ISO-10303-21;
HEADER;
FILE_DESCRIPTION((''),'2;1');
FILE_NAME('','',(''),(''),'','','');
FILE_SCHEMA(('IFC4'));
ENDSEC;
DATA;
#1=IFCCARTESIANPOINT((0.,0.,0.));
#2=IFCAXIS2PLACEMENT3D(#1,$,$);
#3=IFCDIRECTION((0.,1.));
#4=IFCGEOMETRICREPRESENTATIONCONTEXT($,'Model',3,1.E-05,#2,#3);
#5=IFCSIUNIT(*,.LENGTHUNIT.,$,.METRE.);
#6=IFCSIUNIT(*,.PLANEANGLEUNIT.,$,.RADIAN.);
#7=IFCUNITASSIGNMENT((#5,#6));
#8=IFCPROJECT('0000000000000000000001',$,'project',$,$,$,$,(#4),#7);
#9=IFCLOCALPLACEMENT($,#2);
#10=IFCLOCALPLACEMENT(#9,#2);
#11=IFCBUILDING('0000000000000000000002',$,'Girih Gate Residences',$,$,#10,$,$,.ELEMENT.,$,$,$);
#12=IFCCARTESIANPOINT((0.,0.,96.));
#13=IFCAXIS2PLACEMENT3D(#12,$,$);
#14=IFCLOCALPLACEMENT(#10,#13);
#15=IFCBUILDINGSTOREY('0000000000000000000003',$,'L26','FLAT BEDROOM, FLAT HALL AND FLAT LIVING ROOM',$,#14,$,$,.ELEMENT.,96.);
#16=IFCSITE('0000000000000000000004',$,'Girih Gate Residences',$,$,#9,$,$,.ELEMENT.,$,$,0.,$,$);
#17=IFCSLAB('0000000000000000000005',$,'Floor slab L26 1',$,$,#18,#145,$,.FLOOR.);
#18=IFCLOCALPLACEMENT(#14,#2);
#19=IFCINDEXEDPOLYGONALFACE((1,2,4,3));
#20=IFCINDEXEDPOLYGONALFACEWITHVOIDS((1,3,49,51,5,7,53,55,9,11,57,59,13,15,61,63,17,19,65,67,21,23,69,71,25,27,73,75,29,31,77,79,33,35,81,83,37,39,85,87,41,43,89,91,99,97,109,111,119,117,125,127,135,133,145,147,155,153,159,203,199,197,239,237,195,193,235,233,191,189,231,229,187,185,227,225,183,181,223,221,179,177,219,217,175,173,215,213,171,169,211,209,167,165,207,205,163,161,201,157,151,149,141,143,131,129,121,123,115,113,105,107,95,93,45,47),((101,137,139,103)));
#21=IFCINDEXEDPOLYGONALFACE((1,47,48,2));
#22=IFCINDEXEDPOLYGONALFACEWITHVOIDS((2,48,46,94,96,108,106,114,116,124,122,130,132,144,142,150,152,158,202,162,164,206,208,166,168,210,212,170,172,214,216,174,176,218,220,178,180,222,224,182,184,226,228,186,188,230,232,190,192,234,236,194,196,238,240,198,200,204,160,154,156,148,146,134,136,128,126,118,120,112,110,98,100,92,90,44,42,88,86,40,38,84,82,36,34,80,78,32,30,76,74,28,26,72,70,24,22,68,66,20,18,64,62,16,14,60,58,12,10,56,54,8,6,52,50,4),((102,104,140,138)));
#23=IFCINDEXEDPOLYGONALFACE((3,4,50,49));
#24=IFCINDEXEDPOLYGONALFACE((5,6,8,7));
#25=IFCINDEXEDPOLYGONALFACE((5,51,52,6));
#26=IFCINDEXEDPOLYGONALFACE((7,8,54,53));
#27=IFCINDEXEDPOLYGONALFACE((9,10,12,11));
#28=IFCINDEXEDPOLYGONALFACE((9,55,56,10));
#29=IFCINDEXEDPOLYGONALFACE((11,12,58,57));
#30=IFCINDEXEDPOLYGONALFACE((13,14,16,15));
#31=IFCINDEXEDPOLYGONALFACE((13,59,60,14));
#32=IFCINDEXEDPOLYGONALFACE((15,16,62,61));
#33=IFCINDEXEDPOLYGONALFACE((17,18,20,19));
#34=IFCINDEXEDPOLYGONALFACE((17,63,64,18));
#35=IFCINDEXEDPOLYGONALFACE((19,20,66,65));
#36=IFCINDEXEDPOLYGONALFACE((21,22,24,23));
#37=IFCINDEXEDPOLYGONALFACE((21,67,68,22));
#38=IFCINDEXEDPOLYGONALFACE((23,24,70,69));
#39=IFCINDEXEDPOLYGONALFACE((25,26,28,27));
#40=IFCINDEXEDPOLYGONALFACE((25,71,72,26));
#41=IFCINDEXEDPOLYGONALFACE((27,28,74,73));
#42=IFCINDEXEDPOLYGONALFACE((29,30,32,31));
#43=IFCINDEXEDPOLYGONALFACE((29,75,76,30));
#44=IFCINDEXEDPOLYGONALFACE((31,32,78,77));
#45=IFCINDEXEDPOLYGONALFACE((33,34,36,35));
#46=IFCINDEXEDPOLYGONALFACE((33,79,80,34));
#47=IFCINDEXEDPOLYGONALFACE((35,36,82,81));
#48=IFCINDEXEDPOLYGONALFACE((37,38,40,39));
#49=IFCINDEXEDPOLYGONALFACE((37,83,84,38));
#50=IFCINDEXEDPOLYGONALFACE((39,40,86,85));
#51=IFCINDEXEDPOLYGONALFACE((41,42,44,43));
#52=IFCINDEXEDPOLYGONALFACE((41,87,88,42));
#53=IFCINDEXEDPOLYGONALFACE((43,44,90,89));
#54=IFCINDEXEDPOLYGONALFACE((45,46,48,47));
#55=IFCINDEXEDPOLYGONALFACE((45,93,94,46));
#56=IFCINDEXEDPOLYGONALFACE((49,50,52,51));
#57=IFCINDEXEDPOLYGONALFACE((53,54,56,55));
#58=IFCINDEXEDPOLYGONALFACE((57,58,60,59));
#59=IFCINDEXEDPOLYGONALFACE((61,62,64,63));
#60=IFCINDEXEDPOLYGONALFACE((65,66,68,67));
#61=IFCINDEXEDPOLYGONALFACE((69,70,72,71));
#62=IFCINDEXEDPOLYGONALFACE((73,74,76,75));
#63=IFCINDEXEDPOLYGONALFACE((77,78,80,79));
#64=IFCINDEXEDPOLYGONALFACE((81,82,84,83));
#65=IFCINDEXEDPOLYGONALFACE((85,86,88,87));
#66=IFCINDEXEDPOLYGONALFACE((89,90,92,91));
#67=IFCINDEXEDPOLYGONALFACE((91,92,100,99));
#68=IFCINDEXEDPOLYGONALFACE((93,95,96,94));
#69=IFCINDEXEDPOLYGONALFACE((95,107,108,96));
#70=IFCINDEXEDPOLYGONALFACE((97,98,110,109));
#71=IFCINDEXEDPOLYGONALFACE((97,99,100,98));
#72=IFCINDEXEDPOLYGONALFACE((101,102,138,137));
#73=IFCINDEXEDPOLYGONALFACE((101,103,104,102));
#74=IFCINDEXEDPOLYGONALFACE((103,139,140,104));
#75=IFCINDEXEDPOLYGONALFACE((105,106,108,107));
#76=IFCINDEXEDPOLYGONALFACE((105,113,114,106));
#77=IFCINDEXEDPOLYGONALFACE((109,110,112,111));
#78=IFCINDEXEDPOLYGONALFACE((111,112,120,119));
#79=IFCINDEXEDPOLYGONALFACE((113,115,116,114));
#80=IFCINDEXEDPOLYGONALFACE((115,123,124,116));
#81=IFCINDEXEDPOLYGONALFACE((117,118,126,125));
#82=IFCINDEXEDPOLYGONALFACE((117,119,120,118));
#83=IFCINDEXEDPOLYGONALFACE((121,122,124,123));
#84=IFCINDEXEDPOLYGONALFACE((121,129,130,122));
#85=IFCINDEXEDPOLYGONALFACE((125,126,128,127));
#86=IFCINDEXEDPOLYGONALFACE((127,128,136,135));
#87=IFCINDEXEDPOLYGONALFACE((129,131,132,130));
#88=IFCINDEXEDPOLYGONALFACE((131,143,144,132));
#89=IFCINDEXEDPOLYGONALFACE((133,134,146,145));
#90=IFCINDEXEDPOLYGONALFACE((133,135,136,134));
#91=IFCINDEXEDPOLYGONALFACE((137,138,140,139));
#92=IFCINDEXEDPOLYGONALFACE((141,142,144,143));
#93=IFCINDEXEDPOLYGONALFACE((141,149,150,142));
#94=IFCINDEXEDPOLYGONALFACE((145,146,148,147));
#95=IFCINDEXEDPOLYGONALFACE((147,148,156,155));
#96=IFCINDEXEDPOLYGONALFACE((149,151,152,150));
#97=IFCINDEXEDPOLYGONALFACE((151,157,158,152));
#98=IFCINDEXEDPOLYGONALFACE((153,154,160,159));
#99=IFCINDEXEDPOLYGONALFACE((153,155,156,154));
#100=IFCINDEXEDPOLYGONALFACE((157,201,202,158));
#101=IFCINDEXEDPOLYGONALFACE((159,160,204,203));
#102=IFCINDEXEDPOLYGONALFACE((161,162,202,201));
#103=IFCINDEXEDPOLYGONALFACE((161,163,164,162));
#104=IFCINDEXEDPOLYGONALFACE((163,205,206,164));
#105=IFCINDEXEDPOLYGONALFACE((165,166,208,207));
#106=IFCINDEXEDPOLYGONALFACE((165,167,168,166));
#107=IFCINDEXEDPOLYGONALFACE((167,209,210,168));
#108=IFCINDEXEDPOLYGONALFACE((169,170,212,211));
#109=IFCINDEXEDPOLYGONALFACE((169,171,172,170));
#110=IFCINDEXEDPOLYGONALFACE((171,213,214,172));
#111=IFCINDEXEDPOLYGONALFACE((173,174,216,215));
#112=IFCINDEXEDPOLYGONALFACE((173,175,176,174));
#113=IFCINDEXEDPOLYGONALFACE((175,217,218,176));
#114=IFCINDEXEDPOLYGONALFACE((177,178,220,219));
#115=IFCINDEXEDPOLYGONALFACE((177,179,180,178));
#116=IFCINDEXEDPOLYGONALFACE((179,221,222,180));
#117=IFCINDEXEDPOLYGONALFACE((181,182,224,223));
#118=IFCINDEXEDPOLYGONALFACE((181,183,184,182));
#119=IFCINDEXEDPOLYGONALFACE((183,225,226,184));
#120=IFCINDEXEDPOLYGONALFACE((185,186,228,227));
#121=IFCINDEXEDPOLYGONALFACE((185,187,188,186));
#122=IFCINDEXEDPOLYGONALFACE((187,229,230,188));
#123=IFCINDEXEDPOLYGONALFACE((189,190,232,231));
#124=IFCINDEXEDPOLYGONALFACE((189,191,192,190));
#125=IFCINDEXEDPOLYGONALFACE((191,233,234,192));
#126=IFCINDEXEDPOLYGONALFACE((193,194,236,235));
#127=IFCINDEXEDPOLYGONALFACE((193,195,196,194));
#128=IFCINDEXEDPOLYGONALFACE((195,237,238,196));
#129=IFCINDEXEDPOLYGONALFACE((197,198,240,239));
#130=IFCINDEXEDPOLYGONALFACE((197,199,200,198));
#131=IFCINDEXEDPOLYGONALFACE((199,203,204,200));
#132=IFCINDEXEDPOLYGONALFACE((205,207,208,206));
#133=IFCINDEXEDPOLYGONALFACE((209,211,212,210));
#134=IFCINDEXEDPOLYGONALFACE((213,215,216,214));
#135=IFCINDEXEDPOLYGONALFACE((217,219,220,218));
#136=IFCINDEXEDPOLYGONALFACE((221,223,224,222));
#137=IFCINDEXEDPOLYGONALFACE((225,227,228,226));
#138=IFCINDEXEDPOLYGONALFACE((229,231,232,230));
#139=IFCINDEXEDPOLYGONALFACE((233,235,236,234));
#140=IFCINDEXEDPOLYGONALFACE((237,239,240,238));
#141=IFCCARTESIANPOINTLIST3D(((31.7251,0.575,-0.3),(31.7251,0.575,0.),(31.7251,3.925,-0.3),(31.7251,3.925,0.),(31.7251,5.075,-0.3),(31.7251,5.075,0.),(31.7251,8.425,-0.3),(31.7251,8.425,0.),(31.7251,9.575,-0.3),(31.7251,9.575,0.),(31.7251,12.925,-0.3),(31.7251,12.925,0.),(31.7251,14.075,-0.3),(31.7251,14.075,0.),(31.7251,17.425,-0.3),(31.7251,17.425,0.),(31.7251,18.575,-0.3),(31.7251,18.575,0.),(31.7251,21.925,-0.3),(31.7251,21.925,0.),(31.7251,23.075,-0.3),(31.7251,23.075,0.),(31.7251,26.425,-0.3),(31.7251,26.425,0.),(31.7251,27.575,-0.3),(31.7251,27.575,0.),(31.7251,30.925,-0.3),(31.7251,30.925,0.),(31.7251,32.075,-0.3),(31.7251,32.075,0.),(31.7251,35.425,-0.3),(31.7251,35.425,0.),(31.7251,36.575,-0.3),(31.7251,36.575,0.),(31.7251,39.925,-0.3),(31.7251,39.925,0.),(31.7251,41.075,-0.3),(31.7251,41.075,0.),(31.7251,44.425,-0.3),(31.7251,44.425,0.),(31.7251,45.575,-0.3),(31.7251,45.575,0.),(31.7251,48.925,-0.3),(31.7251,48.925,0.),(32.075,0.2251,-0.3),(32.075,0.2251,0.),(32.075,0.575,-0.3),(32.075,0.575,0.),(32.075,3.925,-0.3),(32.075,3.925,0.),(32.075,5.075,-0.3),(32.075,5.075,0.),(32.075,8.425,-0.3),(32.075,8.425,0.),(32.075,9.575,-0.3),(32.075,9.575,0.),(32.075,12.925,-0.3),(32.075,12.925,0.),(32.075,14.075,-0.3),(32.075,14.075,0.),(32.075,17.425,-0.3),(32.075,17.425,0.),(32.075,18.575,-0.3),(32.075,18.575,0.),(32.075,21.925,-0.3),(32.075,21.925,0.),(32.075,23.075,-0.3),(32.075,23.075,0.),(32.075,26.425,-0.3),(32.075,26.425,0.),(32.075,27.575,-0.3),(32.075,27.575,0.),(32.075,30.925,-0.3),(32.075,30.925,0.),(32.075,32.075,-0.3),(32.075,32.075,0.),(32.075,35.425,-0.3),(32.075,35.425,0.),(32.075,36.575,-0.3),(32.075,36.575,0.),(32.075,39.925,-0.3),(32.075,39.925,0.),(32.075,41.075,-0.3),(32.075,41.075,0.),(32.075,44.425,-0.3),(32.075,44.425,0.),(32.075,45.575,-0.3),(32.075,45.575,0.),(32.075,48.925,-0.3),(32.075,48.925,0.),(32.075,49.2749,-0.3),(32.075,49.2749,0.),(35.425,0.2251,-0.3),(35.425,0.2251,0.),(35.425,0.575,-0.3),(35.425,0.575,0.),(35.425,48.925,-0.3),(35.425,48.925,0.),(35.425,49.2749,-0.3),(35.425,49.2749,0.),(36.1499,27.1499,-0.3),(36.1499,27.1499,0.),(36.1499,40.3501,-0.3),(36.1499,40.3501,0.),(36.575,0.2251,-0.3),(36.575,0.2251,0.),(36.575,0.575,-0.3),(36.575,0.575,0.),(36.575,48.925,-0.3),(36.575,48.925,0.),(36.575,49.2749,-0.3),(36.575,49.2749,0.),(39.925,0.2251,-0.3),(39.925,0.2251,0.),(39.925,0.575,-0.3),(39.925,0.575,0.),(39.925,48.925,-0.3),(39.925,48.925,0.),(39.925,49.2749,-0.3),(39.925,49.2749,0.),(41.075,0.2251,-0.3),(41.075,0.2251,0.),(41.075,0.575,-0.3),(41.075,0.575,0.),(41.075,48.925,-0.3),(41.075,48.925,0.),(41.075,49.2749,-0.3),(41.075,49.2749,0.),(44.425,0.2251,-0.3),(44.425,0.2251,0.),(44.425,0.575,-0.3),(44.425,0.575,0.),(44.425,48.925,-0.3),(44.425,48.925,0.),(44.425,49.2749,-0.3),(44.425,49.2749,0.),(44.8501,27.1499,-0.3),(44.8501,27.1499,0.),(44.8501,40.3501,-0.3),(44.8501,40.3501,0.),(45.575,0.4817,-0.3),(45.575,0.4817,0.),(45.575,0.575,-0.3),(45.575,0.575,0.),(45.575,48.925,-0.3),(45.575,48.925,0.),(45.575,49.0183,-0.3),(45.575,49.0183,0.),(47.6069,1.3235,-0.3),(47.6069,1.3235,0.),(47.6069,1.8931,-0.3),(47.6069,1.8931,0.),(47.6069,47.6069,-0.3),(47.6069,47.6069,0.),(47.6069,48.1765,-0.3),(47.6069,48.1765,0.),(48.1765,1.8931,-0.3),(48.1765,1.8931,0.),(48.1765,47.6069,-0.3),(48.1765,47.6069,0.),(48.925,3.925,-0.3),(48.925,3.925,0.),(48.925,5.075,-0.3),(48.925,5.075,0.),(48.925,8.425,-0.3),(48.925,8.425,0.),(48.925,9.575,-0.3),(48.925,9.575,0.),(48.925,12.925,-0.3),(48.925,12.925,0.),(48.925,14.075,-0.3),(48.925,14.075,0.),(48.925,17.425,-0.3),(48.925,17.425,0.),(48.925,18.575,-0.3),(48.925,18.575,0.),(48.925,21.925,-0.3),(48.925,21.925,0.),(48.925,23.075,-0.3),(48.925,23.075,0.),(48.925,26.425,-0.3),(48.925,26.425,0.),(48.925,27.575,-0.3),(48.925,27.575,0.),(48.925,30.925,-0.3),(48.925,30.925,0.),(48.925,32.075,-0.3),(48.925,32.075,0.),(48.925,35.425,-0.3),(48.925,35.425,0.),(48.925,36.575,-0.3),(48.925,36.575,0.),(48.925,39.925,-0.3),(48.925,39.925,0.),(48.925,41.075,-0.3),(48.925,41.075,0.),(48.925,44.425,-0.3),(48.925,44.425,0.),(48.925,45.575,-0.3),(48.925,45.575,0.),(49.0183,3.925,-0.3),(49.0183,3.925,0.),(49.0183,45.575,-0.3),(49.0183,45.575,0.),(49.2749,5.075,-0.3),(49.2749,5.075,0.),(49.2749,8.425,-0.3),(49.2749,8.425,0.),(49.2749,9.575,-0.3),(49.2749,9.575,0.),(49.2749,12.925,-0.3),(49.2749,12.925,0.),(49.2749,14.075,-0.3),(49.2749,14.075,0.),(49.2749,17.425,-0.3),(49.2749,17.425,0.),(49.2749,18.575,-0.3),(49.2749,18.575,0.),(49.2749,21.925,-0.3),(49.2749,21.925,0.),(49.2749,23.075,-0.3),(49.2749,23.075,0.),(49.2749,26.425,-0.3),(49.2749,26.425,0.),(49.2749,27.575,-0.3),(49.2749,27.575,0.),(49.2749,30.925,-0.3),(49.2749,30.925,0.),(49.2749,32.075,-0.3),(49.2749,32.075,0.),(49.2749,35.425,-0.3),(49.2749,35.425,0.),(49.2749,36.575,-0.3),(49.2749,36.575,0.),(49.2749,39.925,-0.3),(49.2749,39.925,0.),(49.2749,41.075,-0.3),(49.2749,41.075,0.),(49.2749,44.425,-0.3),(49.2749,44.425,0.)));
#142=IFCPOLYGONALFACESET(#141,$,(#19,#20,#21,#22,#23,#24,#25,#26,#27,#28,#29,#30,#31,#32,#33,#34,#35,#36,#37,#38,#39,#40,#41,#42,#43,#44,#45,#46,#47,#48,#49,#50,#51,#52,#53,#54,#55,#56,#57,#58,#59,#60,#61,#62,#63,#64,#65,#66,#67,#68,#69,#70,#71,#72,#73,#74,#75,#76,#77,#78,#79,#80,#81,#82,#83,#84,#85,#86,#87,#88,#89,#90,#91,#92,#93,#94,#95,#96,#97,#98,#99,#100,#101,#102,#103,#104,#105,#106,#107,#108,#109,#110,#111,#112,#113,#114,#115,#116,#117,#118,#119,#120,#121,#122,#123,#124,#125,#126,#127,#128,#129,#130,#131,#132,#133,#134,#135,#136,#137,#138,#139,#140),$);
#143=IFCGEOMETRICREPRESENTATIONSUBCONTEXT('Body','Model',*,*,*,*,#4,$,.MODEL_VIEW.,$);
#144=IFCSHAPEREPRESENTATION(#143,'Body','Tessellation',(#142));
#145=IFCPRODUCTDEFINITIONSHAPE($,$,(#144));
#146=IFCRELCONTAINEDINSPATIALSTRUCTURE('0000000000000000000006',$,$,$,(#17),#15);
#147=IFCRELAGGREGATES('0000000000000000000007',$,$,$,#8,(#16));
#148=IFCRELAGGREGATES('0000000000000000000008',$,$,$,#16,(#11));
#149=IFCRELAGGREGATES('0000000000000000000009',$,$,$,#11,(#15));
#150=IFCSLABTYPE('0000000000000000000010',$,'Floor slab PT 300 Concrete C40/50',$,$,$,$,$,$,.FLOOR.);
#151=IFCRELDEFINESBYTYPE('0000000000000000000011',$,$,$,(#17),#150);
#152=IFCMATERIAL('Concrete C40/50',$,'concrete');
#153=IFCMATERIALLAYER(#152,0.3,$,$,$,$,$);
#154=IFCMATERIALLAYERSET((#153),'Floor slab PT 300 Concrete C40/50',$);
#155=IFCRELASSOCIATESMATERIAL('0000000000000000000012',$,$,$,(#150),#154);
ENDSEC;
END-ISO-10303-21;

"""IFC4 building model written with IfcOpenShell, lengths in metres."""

from ifc_helpers import new_model, si_unit, direction, frame, origin, place, context, subcontext, project, spatial, polyline, outline, extrude, material, layer, layer_set, type_object, element, save


model = new_model("IFC4")

# Units and contexts
model_context = context("Model", 3, precision=1e-05, world=origin(), true_north=direction((0.0, 1.0)))
body_context = subcontext(model_context, "Body", "Model", "MODEL_VIEW")
ifc_project = project(units=[si_unit("LENGTHUNIT", "METRE"), si_unit("PLANEANGLEUNIT", "RADIAN")], contexts=[model_context])

# Site, building, storey
site_placement = place(None, origin())
site = spatial("IfcSite", under=ifc_project, at=site_placement, Name="Girih Gate Residences", CompositionType="ELEMENT", RefElevation=0.0)
building_placement = place(site_placement, origin())
building = spatial("IfcBuilding", under=site, at=building_placement, Name="Girih Gate Residences", CompositionType="ELEMENT")
storey_placement = place(building_placement, frame((0.0, 0.0, 96.0)))
storey = spatial("IfcBuildingStorey", under=building, at=storey_placement, Name="L26", Description="FLAT BEDROOM, FLAT HALL AND FLAT LIVING ROOM", CompositionType="ELEMENT", Elevation=96.0)

# Slab
ifc_material_1 = material(Name="Concrete C40/50", Category="concrete")
ifc_layer_1 = layer(ifc_material_1, 0.3)
ifc_layer_set_1 = layer_set([ifc_layer_1], Name="Floor slab PT 300 Concrete C40/50")
slab_type_1 = type_object("IfcSlabType", Name="Floor slab PT 300 Concrete C40/50", PredefinedType="FLOOR", material=ifc_layer_set_1)
slab_1_placement = place(storey_placement, frame((0.0, 0.0, -0.3)))
element("IfcSlab", 1, at=slab_1_placement, inside=storey, type_object=slab_type_1, Name="Floor slab L26 1", PredefinedType="FLOOR", context=body_context, shape_type="SweptSolid", body=[
    extrude(outline(polyline([(35.425, 49.2749), (32.075, 49.2749), (32.075, 48.925), (31.7251, 48.925), (31.7251, 45.575), (32.075, 45.575), (32.075, 44.425), (31.7251, 44.425), (31.7251, 41.075), (32.075, 41.075), (32.075, 39.925), (31.7251, 39.925), (31.7251, 36.575), (32.075, 36.575), (32.075, 35.425), (31.7251, 35.425), (31.7251, 32.075), (32.075, 32.075), (32.075, 30.925), (31.7251, 30.925), (31.7251, 27.575), (32.075, 27.575), (32.075, 26.425), (31.7251, 26.425), (31.7251, 23.075), (32.075, 23.075), (32.075, 21.925), (31.7251, 21.925), (31.7251, 18.575), (32.075, 18.575), (32.075, 17.425), (31.7251, 17.425), (31.7251, 14.075), (32.075, 14.075), (32.075, 12.925), (31.7251, 12.925), (31.7251, 9.575), (32.075, 9.575), (32.075, 8.425), (31.7251, 8.425), (31.7251, 5.075), (32.075, 5.075), (32.075, 3.925), (31.7251, 3.925), (31.7251, 0.575), (32.075, 0.575), (32.075, 0.2251), (35.425, 0.2251), (35.425, 0.575), (36.575, 0.575), (36.575, 0.2251), (39.925, 0.2251), (39.925, 0.575), (41.075, 0.575), (41.075, 0.2251), (44.425, 0.2251), (44.425, 0.575), (45.575, 0.575), (45.575, 0.4817), (47.6069, 1.3235), (47.6069, 1.8931), (48.1765, 1.8931), (49.0183, 3.925), (48.925, 3.925), (48.925, 5.075), (49.2749, 5.075), (49.2749, 8.425), (48.925, 8.425), (48.925, 9.575), (49.2749, 9.575), (49.2749, 12.925), (48.925, 12.925), (48.925, 14.075), (49.2749, 14.075), (49.2749, 17.425), (48.925, 17.425), (48.925, 18.575), (49.2749, 18.575), (49.2749, 21.925), (48.925, 21.925), (48.925, 23.075), (49.2749, 23.075), (49.2749, 26.425), (48.925, 26.425), (48.925, 27.575), (49.2749, 27.575), (49.2749, 30.925), (48.925, 30.925), (48.925, 32.075), (49.2749, 32.075), (49.2749, 35.425), (48.925, 35.425), (48.925, 36.575), (49.2749, 36.575), (49.2749, 39.925), (48.925, 39.925), (48.925, 41.075), (49.2749, 41.075), (49.2749, 44.425), (48.925, 44.425), (48.925, 45.575), (49.0183, 45.575), (48.1765, 47.6069), (47.6069, 47.6069), (47.6069, 48.1765), (45.575, 49.0183), (45.575, 48.925), (44.425, 48.925), (44.425, 49.2749), (41.075, 49.2749), (41.075, 48.925), (39.925, 48.925), (39.925, 49.2749), (36.575, 49.2749), (36.575, 48.925), (35.425, 48.925), (35.425, 49.2749)]), holes=[polyline([(44.8501, 40.3501), (44.8501, 27.1499), (36.1499, 27.1499), (36.1499, 40.3501), (44.8501, 40.3501)])]), origin(), (0.0, 0.0, 1.0), 0.3),
])

save(model, "model.ifc")
